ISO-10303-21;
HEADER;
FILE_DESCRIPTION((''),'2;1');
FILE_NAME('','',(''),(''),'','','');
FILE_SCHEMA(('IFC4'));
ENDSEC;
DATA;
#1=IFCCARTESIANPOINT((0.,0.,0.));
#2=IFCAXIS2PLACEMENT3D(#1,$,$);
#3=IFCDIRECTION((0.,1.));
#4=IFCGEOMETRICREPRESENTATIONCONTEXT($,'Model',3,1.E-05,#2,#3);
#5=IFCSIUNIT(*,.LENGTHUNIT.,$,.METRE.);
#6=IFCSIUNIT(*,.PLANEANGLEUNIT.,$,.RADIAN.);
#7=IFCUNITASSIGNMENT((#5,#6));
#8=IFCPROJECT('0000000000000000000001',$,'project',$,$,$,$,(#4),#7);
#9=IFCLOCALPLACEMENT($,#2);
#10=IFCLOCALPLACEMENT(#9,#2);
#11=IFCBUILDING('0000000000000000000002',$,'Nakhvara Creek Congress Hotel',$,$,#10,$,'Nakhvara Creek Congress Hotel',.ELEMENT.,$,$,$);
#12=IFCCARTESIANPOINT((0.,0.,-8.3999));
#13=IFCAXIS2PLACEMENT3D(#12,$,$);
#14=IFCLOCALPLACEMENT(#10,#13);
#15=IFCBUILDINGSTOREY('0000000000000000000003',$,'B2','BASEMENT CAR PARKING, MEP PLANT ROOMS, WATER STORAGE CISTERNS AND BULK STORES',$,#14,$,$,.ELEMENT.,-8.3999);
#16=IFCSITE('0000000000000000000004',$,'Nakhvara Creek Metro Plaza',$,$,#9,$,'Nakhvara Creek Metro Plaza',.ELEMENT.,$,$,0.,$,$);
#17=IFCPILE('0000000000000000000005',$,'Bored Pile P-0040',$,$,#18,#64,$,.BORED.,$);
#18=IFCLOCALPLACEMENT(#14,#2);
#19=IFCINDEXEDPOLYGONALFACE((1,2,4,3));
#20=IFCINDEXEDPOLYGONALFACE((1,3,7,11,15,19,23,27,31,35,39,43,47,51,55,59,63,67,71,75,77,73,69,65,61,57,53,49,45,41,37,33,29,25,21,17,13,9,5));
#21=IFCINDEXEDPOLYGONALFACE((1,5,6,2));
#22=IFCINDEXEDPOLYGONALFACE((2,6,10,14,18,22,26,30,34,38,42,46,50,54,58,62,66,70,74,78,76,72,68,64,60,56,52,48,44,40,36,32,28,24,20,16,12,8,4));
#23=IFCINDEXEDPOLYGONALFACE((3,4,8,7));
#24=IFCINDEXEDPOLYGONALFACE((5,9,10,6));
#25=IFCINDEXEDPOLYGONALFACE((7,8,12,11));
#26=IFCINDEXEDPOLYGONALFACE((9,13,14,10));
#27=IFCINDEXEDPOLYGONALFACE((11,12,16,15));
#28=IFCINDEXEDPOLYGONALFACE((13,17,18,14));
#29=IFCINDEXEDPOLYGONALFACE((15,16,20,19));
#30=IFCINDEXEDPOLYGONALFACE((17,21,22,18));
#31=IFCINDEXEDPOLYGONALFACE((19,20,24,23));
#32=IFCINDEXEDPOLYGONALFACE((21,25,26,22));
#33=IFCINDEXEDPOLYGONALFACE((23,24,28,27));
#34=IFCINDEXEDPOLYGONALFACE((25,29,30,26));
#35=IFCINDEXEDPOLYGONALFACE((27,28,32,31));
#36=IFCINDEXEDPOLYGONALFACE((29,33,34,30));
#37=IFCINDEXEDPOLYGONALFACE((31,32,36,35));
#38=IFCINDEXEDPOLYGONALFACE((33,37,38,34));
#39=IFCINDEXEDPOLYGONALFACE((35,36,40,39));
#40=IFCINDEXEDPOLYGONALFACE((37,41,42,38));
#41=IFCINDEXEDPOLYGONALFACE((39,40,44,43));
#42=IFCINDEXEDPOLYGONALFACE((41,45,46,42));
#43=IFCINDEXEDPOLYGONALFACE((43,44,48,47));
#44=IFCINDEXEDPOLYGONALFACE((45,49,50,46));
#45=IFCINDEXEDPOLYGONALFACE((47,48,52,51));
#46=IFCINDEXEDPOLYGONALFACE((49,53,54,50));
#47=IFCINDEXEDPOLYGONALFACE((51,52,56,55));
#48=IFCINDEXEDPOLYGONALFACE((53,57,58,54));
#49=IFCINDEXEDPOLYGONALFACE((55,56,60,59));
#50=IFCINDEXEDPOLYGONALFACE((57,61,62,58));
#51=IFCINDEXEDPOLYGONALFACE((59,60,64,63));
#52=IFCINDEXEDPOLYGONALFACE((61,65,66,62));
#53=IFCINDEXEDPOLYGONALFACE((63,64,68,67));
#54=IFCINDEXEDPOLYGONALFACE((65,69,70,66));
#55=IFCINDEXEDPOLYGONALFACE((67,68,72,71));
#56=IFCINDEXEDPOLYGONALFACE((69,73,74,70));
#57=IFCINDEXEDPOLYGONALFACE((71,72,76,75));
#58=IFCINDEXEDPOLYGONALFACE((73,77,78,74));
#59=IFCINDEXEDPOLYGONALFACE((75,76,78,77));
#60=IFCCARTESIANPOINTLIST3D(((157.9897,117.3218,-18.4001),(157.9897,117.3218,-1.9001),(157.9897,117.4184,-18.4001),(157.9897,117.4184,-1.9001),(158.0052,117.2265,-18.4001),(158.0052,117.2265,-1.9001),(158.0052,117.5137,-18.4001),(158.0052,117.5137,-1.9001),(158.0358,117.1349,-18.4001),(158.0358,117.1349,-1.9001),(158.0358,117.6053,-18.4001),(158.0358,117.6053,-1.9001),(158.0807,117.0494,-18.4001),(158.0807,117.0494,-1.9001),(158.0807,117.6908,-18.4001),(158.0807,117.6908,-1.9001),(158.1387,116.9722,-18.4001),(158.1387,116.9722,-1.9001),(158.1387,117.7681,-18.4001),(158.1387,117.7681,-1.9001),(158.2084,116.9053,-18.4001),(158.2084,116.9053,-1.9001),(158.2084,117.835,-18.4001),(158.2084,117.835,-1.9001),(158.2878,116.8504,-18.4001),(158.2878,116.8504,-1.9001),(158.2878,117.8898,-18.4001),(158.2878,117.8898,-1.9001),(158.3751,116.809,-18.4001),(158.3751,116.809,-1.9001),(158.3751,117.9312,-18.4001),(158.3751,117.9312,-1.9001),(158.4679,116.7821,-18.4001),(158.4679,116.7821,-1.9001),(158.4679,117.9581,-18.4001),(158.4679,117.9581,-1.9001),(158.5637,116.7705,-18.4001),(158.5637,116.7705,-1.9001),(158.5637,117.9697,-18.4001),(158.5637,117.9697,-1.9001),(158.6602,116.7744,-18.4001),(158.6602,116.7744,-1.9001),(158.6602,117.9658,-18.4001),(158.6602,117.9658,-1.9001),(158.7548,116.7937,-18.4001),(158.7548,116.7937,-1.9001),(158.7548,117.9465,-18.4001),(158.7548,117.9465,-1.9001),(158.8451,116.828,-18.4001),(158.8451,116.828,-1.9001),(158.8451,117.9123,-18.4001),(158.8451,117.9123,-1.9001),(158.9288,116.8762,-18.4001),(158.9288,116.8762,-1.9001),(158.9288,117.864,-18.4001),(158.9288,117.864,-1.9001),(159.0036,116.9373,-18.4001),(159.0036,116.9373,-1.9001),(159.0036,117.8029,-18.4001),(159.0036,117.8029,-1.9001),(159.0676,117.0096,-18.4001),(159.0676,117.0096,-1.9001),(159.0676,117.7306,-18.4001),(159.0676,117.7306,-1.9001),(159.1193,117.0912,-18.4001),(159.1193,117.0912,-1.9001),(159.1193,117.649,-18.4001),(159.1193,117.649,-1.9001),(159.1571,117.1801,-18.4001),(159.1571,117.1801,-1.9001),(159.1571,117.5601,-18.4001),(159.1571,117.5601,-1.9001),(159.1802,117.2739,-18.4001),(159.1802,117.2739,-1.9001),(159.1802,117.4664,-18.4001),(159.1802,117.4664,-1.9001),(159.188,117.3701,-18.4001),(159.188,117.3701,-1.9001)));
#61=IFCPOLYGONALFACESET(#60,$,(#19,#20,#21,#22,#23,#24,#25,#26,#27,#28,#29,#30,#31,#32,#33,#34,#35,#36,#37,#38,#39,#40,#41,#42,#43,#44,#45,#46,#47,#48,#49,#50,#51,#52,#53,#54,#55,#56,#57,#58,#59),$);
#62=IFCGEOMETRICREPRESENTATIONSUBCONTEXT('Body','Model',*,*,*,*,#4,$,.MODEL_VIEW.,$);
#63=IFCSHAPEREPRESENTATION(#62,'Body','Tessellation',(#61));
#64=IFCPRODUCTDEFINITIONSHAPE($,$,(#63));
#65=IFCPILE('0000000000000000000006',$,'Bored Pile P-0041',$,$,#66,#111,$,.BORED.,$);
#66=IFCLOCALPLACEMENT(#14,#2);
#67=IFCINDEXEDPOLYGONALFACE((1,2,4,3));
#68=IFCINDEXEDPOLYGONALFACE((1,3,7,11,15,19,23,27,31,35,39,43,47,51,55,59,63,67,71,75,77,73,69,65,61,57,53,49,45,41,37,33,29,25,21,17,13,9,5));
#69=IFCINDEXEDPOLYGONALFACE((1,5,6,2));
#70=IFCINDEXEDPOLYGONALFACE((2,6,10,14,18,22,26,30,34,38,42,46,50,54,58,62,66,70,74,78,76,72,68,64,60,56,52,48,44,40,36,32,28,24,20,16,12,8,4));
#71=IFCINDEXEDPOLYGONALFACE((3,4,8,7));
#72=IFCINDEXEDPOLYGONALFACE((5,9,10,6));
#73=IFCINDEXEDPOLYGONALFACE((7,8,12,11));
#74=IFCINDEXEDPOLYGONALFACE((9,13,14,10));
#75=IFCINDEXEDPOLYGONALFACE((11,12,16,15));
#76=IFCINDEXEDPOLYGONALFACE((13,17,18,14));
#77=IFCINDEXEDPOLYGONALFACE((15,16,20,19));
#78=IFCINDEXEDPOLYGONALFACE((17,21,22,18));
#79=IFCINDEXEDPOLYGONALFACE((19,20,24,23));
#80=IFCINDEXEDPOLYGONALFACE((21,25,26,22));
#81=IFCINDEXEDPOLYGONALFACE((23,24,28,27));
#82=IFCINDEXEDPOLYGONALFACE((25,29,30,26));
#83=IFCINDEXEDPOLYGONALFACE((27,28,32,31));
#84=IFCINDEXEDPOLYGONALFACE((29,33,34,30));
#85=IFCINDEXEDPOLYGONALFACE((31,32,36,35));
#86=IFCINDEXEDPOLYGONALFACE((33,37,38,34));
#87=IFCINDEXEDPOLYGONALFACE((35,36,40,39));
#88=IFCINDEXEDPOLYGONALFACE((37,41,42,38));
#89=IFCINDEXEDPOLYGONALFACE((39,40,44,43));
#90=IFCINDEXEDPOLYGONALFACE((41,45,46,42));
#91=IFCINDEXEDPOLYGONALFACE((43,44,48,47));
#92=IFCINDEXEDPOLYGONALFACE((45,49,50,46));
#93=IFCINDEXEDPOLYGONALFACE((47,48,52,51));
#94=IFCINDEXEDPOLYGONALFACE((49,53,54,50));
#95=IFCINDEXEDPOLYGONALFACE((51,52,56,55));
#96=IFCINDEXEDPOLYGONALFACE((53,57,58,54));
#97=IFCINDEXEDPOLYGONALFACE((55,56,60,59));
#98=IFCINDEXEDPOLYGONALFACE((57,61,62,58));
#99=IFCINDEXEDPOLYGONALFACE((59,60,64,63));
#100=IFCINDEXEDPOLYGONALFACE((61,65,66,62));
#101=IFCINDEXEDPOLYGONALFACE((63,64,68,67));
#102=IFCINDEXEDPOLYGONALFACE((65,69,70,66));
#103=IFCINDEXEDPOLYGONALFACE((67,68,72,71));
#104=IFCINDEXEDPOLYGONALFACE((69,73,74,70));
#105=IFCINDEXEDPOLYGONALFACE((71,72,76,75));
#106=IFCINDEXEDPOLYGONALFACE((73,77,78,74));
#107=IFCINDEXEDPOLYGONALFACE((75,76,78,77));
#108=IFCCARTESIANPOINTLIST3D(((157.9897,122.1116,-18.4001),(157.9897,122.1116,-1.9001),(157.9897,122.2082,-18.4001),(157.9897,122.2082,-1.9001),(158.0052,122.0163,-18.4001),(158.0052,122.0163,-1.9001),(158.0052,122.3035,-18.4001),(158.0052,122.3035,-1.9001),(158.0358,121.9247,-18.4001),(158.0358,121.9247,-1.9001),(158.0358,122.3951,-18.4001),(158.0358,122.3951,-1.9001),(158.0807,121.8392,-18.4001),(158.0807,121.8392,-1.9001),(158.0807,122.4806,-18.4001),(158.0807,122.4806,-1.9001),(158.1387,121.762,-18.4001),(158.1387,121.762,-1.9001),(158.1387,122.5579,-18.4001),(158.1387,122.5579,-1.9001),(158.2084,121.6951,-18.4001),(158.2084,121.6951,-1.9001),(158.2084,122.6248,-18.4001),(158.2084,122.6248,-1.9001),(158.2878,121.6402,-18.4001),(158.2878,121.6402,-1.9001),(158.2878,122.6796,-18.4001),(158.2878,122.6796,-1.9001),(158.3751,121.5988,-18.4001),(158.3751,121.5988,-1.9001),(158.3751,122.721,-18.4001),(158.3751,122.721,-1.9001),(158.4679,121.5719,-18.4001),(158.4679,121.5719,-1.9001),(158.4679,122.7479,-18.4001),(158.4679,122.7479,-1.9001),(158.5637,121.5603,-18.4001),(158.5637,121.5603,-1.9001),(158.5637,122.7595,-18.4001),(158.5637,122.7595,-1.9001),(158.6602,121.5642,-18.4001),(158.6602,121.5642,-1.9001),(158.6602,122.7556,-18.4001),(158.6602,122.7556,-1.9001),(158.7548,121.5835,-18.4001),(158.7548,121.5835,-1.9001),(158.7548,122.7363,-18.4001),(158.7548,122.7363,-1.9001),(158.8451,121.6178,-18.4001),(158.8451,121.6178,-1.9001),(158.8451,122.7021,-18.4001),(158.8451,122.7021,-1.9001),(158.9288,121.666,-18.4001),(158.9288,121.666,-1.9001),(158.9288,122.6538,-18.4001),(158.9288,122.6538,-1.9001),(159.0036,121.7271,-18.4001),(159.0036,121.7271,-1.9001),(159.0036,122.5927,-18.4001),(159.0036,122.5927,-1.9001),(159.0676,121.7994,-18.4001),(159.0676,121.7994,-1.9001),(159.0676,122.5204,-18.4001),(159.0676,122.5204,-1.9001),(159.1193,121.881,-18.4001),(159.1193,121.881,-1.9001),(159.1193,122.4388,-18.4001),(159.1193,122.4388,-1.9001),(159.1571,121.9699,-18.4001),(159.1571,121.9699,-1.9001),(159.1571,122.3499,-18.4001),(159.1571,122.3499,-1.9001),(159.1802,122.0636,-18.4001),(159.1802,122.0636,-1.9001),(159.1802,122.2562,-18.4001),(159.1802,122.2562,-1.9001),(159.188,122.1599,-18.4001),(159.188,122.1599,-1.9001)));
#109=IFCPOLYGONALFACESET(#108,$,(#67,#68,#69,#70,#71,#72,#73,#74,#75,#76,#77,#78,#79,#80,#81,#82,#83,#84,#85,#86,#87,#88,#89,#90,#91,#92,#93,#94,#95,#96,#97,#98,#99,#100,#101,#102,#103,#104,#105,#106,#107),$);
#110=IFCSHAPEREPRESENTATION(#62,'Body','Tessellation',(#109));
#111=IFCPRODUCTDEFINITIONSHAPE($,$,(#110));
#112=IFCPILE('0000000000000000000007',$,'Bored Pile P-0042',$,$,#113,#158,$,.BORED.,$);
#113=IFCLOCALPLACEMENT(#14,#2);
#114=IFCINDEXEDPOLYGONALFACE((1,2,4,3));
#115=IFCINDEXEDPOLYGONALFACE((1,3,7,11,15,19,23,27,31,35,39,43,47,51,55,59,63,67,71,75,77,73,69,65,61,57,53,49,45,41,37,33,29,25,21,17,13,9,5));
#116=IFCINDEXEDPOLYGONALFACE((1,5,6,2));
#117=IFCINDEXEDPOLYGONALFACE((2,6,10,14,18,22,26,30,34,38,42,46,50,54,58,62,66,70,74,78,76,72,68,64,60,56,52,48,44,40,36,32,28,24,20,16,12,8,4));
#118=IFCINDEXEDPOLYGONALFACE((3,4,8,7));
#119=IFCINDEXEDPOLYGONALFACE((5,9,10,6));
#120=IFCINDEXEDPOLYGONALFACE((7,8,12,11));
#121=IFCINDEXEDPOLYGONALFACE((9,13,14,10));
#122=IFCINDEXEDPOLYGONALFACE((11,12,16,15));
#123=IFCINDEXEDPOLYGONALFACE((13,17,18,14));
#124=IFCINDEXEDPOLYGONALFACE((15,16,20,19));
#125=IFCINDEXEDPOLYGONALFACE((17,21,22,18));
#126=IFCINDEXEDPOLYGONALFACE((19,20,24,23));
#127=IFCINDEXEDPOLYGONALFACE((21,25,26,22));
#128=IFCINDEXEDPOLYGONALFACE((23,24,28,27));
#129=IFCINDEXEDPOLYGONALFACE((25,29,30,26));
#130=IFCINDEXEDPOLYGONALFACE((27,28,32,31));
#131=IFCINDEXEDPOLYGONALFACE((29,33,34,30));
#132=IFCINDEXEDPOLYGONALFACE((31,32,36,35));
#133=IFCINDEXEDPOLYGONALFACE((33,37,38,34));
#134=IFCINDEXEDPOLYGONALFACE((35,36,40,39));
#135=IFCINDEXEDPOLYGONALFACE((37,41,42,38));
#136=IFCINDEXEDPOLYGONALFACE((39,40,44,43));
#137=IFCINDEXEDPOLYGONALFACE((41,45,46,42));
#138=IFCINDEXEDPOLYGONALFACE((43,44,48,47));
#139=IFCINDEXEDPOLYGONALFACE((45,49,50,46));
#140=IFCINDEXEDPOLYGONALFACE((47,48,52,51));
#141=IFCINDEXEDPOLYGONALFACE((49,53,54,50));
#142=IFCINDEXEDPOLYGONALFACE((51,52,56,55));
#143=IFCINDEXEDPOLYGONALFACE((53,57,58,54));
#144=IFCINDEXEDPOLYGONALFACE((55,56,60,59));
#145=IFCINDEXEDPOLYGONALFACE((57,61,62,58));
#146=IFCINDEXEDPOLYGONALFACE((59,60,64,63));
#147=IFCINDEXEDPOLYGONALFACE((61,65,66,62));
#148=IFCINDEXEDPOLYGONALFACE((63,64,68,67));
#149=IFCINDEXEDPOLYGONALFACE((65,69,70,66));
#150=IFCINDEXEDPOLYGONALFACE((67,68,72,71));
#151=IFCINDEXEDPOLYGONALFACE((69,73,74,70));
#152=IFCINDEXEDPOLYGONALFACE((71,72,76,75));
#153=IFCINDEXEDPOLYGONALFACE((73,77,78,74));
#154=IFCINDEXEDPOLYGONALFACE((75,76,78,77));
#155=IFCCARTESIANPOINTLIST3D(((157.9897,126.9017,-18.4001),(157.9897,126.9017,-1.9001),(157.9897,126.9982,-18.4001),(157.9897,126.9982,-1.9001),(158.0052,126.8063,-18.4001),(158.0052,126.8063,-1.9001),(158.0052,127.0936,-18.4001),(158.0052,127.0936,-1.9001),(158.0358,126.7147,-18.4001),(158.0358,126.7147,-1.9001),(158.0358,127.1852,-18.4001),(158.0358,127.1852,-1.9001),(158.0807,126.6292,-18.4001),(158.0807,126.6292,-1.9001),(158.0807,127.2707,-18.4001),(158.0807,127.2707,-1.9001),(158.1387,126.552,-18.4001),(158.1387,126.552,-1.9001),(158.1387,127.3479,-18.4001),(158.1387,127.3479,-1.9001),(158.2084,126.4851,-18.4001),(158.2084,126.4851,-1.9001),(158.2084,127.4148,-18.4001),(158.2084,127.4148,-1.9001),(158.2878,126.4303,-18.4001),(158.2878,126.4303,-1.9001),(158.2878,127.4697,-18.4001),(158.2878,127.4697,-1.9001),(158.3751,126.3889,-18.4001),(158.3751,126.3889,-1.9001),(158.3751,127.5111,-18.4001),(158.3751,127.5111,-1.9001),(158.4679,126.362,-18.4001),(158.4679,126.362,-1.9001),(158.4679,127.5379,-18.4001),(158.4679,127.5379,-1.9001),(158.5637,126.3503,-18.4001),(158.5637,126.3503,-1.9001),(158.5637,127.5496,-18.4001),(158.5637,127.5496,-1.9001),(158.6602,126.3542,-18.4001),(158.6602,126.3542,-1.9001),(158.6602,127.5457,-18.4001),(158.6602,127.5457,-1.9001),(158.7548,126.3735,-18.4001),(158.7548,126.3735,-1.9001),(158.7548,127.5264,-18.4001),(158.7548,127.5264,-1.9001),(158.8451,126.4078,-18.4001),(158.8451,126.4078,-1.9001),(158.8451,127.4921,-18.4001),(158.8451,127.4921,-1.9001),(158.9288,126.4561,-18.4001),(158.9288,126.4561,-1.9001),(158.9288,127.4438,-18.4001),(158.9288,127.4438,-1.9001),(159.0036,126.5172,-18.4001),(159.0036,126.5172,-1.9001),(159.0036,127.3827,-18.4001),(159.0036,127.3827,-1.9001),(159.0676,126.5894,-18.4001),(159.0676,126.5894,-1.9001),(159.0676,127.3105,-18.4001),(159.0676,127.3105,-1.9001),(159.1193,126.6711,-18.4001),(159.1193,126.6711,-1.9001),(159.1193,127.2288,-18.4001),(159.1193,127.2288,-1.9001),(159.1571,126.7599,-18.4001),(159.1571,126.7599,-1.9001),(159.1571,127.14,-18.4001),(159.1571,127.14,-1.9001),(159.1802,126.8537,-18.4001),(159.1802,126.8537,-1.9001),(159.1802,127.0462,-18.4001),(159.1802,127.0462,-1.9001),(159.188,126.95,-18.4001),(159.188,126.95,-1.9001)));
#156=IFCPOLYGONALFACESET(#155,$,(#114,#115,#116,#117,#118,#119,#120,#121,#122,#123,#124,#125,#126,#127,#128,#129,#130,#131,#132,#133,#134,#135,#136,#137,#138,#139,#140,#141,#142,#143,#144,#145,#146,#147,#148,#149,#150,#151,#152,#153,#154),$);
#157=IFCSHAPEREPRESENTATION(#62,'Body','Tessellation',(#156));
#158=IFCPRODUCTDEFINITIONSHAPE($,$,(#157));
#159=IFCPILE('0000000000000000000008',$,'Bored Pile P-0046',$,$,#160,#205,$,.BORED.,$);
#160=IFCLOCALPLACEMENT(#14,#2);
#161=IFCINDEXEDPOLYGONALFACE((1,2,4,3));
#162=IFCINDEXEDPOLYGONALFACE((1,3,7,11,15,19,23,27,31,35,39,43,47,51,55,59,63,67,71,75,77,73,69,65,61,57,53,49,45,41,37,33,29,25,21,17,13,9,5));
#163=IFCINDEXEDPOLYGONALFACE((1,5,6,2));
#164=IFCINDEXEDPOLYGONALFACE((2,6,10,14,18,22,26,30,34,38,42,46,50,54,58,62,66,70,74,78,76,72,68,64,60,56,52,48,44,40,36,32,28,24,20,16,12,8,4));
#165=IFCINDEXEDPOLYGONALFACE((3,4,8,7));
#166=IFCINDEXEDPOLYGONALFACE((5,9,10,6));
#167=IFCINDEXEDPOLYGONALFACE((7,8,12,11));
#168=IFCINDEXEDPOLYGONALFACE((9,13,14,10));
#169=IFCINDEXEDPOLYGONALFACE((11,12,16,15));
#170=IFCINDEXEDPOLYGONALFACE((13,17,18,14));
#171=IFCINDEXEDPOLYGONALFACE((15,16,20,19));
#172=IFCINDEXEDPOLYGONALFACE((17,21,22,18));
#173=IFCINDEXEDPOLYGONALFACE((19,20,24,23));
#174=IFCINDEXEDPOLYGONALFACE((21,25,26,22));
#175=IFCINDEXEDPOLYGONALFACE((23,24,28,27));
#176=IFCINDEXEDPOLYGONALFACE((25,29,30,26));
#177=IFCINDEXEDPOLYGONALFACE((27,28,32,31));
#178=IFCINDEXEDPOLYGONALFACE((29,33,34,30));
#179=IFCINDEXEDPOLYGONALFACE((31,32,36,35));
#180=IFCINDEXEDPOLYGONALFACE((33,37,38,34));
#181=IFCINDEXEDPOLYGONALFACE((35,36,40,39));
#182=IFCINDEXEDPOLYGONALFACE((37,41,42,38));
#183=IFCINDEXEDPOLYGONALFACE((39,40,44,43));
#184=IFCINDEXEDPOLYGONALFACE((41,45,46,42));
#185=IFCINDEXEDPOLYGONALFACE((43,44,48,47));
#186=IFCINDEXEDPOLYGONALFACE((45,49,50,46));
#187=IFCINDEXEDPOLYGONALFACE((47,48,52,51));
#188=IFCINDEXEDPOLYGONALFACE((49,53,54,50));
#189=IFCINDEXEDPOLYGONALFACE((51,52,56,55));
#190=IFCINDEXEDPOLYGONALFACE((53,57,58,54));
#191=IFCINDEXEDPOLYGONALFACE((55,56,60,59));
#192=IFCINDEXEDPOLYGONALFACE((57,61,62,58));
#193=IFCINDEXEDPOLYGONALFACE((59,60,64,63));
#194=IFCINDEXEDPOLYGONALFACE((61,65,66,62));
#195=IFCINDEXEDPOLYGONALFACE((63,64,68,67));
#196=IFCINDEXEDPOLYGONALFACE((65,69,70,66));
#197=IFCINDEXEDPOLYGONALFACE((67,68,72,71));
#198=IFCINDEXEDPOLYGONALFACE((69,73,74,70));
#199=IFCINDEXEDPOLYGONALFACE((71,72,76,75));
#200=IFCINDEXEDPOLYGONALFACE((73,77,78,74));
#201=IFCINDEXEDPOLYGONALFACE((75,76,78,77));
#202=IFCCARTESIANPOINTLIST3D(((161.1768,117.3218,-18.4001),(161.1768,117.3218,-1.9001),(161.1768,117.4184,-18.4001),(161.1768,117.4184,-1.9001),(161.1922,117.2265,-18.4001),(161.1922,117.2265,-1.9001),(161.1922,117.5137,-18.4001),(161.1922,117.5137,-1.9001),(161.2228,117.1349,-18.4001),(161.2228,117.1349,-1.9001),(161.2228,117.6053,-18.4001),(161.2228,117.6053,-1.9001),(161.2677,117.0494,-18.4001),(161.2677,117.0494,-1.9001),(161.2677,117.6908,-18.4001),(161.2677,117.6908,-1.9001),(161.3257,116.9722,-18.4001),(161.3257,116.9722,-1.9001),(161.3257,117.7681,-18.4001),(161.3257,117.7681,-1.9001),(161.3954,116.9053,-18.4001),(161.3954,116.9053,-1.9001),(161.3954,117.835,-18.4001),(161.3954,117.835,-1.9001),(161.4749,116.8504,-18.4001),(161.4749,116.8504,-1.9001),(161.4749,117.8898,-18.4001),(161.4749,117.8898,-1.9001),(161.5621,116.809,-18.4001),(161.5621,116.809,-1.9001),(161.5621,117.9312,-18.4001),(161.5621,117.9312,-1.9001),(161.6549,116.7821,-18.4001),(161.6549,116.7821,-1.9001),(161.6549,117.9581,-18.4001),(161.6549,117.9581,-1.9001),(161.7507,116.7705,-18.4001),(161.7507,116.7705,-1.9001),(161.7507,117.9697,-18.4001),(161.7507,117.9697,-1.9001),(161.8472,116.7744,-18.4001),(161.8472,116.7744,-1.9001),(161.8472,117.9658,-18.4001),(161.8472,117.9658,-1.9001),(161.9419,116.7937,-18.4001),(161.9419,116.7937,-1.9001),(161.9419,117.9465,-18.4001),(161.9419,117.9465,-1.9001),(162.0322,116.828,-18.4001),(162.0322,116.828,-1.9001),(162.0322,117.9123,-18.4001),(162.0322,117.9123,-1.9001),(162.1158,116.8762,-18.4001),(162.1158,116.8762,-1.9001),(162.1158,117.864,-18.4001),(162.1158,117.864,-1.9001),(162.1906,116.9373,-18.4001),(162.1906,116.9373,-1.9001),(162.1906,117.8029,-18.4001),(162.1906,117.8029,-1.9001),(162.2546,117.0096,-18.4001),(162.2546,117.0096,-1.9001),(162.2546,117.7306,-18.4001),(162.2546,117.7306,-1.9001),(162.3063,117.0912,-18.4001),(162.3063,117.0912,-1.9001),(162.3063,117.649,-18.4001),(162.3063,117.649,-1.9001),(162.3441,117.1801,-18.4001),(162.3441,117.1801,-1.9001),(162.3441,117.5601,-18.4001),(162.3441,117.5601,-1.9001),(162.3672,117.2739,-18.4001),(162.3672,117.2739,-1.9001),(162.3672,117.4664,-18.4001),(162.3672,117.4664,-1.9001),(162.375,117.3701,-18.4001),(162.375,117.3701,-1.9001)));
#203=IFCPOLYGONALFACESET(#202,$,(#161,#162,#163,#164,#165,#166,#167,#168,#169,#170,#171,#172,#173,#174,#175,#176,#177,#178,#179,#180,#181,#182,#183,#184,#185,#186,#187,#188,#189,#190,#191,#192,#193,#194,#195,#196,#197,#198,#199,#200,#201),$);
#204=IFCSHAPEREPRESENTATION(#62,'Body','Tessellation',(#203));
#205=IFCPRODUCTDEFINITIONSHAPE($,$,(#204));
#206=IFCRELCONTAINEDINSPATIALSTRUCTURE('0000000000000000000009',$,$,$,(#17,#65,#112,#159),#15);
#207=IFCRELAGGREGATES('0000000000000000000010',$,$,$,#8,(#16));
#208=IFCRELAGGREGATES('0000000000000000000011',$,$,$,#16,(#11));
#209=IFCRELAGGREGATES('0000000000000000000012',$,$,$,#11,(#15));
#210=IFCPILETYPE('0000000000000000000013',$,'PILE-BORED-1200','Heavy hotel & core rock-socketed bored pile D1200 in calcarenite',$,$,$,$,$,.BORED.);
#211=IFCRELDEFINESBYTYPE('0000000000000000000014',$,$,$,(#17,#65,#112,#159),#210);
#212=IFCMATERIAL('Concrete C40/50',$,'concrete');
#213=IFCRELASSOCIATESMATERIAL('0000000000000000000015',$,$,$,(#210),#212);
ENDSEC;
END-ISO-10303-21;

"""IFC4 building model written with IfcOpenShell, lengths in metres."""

from ifc_helpers import new_model, si_unit, direction, frame, origin, origin_2d, place, context, subcontext, project, spatial, circle, extrude, material, material_profile, profile_set, type_object, element, save


model = new_model("IFC4")

# Units and contexts
model_context = context("Model", 3, precision=1e-05, world=origin(), true_north=direction((0.0, 1.0)))
body_context = subcontext(model_context, "Body", "Model", "MODEL_VIEW")
ifc_project = project(units=[si_unit("LENGTHUNIT", "METRE"), si_unit("PLANEANGLEUNIT", "RADIAN")], contexts=[model_context])

# Site, building, storey
site_placement = place(None, origin())
site = spatial("IfcSite", under=ifc_project, at=site_placement, Name="Nakhvara Creek Metro Plaza", LongName="Nakhvara Creek Metro Plaza", CompositionType="ELEMENT", RefElevation=0.0)
building_placement = place(site_placement, origin())
building = spatial("IfcBuilding", under=site, at=building_placement, Name="Nakhvara Creek Congress Hotel", LongName="Nakhvara Creek Congress Hotel", CompositionType="ELEMENT")
storey_placement = place(building_placement, frame((0.0, 0.0, -8.3999)))
storey = spatial("IfcBuildingStorey", under=building, at=storey_placement, Name="B2", Description="BASEMENT CAR PARKING, MEP PLANT ROOMS, WATER STORAGE CISTERNS AND BULK STORES", CompositionType="ELEMENT", Elevation=-8.3999)

# Shared definitions
ifc_material_1 = material(Name="Concrete C40/50", Category="concrete")

# Piles
ifc_material_profile_1 = material_profile(ifc_material_1, circle(Radius=0.6001, at=origin_2d()), Name="BORED PILE D1200", Category="LoadBearing")
ifc_profile_set_1 = profile_set([ifc_material_profile_1], Name="Concrete C40/50")
pile_type = type_object("IfcPileType", Name="PILE-BORED-1200", Description="Heavy hotel & core rock-socketed bored pile D1200 in calcarenite", PredefinedType="BORED", material=ifc_profile_set_1)
for number, where, z_axis, x_axis, name in (
    (1, (158.5879, 117.3701, -1.9001), (0.0, 0.0, -1.0), (1.0, 0.0, 0.0), "Bored Pile P-0040"),
    (2, (158.5879, 122.1599, -1.9001), (0.0, 0.0, -1.0), (1.0, 0.0, 0.0), "Bored Pile P-0041"),
    (3, (158.5879, 126.95, -1.9001), (0.0, 0.0, -1.0), (1.0, 0.0, 0.0), "Bored Pile P-0042"),
    (4, (161.7749, 117.3701, -1.9001), (0.0, 0.0, -1.0), (1.0, 0.0, 0.0), "Bored Pile P-0046"),
):
    element("IfcPile", number, at=place(storey_placement, frame(where, z_axis=z_axis, x_axis=x_axis)), inside=storey, type_object=pile_type, Name=name, PredefinedType="BORED", context=body_context, shape_type="SweptSolid", body=[
        extrude(circle(Radius=0.6001, at=origin_2d()), origin(), (0.0, 0.0, 1.0), 16.5),
    ])

save(model, "model.ifc")
